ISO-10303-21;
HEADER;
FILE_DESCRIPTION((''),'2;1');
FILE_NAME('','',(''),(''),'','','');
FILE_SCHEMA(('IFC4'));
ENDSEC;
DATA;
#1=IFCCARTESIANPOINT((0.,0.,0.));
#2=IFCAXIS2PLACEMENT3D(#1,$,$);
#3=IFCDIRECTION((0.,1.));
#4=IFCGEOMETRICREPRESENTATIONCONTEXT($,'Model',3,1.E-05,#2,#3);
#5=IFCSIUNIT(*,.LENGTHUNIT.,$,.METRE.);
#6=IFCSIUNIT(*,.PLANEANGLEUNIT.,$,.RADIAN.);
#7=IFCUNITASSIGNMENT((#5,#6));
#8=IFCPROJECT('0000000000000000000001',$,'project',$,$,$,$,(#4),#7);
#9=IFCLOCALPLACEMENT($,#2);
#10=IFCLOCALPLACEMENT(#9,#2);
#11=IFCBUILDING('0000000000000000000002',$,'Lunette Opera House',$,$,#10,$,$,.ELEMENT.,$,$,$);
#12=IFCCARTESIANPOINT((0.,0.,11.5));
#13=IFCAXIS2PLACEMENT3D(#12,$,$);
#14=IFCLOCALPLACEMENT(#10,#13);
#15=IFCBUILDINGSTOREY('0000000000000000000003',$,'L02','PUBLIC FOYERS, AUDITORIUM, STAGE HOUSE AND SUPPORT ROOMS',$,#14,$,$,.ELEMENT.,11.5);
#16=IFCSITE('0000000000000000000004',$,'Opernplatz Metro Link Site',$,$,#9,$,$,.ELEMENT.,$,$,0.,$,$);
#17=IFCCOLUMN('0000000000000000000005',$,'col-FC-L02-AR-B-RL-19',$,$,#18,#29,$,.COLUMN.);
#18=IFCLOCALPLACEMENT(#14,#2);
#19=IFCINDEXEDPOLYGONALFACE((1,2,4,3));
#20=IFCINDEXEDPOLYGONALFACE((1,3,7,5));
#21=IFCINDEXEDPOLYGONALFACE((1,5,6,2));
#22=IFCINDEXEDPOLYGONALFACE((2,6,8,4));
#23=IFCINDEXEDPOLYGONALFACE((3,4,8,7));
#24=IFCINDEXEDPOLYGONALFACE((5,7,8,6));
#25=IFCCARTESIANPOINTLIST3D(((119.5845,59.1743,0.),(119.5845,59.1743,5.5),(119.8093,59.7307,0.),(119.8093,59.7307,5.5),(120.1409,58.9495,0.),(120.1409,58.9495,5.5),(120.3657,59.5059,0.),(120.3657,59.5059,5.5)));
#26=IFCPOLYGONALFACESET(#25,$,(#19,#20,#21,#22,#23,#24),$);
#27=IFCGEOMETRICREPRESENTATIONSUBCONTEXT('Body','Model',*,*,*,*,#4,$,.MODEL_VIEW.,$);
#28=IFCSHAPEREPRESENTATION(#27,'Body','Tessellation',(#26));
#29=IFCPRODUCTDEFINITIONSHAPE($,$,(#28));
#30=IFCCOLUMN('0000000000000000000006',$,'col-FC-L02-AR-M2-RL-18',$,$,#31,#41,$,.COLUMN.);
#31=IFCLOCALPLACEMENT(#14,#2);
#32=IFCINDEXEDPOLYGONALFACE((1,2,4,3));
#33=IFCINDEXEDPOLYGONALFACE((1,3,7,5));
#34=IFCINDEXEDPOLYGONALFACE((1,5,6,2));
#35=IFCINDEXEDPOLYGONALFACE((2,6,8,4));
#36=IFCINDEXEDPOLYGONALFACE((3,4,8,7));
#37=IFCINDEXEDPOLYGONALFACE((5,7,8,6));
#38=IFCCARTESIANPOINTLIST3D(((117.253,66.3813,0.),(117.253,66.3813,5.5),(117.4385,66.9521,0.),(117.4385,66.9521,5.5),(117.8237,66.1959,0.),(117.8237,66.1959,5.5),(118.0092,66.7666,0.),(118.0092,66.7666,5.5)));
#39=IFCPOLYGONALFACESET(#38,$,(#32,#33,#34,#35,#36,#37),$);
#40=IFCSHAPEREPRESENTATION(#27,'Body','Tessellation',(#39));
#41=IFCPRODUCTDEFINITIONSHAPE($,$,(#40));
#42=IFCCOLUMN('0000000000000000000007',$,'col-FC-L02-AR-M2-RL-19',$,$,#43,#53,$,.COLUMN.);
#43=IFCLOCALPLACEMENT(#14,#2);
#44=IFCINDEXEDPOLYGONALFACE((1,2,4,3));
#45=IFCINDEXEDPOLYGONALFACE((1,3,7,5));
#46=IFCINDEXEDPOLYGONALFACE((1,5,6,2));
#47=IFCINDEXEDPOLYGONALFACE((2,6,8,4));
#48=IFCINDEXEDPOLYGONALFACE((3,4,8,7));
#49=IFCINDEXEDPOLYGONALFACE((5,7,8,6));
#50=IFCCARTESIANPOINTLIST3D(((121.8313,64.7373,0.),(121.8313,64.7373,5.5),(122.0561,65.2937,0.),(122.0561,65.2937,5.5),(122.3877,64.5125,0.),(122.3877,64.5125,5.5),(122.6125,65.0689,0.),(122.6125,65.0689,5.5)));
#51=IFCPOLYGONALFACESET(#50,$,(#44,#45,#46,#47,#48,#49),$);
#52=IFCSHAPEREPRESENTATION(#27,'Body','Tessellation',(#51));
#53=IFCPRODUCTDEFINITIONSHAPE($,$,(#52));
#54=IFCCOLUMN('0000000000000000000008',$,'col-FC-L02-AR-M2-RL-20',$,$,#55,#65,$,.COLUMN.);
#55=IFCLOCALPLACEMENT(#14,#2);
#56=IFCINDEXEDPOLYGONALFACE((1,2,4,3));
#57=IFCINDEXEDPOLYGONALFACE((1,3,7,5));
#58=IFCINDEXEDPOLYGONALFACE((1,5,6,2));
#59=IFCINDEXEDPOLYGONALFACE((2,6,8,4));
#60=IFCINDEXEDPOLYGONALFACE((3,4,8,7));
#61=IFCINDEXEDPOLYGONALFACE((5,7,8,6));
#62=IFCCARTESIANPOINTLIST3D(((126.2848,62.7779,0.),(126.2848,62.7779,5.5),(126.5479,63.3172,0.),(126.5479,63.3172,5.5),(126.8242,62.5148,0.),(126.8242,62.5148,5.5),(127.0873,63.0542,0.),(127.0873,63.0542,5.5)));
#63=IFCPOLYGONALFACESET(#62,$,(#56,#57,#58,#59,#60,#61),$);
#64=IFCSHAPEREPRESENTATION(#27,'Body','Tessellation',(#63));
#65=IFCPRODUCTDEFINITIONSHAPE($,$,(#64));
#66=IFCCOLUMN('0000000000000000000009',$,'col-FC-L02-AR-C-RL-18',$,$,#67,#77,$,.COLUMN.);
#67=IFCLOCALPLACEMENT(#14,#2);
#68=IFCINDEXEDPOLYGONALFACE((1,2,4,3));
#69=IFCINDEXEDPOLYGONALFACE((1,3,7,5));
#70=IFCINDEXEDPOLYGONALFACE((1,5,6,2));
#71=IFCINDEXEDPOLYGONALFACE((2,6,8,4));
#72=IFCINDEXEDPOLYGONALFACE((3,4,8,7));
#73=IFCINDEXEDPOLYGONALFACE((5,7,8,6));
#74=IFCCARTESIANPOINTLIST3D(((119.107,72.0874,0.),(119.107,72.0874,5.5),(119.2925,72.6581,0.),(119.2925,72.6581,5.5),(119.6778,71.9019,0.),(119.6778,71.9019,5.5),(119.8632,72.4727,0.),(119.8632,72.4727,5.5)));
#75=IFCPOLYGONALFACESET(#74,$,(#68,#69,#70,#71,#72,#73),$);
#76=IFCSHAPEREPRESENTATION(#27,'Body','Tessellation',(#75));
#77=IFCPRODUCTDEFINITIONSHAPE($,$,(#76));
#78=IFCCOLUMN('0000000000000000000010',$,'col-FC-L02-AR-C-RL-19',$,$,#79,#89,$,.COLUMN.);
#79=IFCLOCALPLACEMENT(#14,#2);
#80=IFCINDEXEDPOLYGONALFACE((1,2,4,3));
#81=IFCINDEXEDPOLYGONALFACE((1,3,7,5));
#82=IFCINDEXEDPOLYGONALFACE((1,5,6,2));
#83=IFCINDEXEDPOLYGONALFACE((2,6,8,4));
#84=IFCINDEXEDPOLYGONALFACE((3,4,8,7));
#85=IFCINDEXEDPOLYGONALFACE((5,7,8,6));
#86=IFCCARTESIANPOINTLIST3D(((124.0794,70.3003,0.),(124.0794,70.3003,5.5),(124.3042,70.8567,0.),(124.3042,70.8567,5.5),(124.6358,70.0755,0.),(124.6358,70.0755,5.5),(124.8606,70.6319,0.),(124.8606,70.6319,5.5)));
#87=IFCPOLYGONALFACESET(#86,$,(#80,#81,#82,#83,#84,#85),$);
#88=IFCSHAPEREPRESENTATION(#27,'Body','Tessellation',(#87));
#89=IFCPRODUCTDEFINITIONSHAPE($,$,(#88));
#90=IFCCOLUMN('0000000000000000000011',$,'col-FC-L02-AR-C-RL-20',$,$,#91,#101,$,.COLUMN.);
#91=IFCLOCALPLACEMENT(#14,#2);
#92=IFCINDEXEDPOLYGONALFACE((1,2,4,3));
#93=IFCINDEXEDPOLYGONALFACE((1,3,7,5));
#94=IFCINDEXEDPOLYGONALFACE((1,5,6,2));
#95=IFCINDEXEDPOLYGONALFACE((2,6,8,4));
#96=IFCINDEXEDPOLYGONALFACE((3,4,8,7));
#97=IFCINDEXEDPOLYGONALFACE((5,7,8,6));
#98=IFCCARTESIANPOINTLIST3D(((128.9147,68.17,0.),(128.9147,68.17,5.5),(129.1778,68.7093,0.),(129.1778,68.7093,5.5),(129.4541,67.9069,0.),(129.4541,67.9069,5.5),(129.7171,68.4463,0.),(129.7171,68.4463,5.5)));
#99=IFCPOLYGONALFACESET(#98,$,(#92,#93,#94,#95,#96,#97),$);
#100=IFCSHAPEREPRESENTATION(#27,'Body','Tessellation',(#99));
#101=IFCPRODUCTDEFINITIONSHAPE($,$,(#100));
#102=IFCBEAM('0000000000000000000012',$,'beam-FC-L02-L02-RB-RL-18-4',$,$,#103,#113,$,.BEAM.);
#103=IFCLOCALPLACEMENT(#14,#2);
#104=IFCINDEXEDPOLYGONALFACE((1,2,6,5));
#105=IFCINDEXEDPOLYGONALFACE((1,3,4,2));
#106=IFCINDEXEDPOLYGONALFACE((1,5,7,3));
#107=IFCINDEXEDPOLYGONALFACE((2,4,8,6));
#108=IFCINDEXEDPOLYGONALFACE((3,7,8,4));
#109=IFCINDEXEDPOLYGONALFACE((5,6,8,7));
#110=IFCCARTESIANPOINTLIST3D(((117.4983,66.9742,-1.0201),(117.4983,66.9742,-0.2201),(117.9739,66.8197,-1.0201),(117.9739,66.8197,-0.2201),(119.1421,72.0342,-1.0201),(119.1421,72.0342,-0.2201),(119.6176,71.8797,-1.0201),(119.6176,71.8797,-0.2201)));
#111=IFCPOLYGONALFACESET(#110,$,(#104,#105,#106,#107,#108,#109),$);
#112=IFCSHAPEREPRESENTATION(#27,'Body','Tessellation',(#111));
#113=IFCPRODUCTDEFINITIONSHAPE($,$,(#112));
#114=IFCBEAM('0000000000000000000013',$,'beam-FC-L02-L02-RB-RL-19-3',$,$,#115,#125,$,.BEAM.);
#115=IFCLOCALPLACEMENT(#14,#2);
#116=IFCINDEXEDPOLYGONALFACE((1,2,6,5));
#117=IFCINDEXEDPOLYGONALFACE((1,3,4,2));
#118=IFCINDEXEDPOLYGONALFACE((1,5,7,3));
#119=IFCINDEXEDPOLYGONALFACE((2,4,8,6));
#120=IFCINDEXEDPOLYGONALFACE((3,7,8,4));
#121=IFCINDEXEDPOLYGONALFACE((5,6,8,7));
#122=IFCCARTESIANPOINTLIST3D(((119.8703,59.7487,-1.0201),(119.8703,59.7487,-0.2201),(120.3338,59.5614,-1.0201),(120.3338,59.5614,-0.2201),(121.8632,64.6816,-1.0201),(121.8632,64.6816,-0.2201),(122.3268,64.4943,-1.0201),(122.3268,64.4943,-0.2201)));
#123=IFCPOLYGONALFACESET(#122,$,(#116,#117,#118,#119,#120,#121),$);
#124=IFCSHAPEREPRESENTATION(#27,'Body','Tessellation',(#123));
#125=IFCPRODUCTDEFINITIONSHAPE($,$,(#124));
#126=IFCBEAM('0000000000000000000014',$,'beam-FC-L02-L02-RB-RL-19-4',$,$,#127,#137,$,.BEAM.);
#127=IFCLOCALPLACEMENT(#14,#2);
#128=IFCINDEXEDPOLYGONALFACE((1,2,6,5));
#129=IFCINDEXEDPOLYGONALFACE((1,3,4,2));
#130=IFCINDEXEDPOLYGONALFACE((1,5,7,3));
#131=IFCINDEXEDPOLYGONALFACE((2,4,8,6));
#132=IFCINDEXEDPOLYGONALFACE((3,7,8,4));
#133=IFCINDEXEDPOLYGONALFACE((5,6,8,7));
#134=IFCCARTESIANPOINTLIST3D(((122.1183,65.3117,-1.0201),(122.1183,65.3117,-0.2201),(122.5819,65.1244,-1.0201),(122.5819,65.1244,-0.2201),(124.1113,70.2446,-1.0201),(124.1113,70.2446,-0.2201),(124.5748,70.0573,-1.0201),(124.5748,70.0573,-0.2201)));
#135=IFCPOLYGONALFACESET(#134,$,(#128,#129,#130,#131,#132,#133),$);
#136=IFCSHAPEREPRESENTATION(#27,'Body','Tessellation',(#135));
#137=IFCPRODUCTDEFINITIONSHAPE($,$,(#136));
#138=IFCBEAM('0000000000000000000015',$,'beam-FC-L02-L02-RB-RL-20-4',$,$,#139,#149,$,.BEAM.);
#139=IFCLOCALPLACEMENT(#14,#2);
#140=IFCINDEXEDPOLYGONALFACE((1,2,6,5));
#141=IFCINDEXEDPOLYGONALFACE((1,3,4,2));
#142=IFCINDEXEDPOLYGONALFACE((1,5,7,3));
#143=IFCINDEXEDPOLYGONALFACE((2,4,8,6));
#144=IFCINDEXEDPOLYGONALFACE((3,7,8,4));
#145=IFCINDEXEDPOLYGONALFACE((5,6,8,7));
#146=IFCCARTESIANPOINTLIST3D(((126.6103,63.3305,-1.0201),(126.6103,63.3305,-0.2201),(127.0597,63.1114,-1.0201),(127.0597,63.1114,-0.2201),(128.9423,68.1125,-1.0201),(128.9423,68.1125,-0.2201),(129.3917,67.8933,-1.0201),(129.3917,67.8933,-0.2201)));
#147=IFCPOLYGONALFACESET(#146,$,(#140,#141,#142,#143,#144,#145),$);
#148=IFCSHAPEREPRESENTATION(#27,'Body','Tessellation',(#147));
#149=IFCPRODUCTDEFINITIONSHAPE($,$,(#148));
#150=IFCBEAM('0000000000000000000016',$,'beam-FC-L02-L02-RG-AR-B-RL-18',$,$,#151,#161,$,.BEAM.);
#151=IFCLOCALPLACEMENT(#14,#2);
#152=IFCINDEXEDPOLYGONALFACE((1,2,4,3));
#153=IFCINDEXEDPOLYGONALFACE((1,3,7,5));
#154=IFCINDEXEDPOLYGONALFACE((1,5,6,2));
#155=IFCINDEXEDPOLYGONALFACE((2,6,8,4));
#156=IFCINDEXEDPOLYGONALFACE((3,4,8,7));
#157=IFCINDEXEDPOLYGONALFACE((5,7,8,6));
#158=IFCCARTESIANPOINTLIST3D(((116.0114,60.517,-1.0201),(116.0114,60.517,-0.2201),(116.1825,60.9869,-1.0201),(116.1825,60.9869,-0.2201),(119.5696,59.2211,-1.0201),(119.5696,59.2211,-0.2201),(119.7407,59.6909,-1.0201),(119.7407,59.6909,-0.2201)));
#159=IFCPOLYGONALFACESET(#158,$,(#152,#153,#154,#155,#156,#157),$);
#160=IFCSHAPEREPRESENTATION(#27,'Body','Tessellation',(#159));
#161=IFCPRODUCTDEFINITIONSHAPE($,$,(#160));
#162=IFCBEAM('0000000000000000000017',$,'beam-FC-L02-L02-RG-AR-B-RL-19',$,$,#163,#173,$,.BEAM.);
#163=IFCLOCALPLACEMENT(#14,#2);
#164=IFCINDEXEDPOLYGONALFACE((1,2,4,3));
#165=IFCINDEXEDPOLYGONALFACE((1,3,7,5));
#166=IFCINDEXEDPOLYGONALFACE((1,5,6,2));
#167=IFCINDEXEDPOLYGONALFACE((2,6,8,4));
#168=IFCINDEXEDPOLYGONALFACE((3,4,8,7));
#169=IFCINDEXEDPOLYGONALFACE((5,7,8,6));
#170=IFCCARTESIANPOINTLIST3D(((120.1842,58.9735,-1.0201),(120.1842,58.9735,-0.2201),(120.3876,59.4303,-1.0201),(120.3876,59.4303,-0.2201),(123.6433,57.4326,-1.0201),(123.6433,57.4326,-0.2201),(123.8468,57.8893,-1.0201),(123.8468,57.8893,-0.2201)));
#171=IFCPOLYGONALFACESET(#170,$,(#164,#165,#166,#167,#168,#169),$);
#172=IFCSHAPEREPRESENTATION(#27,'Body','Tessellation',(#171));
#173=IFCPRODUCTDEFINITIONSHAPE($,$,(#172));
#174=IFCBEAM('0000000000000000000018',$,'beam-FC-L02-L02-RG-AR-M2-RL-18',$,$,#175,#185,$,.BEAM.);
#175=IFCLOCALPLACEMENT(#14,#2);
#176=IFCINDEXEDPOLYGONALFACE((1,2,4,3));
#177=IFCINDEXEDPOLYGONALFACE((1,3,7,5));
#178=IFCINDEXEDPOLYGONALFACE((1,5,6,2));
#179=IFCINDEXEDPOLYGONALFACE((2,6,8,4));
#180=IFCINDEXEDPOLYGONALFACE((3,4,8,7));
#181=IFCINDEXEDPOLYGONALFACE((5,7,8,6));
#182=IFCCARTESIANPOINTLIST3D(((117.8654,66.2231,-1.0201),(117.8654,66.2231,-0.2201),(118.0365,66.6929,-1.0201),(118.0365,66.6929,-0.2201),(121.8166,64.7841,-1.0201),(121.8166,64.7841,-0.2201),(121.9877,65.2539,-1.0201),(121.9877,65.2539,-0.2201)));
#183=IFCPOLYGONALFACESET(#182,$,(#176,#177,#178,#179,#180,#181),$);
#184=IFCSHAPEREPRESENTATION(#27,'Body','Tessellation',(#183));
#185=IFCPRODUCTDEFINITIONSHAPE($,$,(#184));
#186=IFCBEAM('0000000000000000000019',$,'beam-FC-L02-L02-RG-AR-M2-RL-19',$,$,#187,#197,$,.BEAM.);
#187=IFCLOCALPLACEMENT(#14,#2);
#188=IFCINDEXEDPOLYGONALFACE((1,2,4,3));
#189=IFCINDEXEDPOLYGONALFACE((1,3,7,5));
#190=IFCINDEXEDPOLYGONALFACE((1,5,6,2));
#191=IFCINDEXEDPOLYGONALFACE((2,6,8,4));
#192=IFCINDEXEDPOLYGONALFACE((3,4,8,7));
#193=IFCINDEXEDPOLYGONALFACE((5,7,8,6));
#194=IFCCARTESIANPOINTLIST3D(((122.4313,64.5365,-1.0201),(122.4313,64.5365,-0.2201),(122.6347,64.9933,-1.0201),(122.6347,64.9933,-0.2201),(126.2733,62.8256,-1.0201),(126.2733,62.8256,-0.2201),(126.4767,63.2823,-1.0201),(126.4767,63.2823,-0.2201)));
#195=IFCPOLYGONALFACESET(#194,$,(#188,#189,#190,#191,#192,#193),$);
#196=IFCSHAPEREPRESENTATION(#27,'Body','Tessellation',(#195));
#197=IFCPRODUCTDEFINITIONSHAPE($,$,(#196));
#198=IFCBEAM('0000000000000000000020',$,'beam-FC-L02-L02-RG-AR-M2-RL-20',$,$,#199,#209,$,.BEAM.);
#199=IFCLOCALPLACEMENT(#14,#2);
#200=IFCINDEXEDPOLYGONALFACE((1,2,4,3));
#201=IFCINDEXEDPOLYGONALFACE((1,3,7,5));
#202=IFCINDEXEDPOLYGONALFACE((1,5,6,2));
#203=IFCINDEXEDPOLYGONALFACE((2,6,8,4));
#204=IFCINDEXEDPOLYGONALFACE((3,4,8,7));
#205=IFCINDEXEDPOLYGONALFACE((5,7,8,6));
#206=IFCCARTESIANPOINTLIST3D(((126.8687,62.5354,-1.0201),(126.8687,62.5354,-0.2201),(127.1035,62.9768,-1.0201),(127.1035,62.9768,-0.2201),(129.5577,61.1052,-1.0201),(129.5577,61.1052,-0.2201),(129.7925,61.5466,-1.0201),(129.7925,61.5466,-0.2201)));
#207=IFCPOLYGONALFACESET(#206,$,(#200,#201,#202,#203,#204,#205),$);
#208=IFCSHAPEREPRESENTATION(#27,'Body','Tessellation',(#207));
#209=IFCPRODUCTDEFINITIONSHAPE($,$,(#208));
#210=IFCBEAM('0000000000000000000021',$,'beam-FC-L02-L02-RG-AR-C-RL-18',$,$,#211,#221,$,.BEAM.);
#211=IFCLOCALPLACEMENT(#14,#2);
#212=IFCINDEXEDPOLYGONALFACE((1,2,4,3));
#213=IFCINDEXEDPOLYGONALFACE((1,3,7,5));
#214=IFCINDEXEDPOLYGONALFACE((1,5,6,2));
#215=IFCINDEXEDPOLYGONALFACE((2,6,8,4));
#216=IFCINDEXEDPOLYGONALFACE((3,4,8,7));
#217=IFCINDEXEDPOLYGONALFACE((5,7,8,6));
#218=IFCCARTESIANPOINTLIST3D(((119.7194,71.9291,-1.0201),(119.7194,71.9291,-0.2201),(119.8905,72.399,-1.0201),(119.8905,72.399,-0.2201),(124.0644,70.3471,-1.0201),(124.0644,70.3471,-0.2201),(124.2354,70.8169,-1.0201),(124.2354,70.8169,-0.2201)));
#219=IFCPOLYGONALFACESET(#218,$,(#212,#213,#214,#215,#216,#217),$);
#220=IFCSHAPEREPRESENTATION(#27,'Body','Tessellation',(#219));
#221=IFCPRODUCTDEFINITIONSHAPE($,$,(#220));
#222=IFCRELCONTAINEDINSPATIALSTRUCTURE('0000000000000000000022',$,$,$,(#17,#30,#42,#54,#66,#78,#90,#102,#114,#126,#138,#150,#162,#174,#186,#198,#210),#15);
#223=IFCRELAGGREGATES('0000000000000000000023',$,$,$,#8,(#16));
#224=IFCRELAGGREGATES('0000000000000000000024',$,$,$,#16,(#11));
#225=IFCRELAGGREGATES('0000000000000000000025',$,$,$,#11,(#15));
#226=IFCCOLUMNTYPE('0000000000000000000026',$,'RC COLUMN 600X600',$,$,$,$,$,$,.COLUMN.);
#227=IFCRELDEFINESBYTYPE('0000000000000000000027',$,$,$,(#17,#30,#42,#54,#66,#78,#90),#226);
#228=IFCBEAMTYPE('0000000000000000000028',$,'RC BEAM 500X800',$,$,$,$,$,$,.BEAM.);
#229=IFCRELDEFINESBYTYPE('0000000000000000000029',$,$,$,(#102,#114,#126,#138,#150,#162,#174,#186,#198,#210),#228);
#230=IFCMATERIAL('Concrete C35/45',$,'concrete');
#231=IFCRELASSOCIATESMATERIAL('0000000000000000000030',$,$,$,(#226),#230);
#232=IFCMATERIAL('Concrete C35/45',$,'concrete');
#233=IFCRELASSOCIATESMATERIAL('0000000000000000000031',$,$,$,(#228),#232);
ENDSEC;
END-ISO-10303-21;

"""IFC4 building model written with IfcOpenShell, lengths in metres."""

from ifc_helpers import new_model, si_unit, direction, frame, origin, origin_2d, place, context, subcontext, project, spatial, rectangle, extrude, material, material_profile, profile_set, type_object, element, save


model = new_model("IFC4")

# Units and contexts
model_context = context("Model", 3, precision=1e-05, world=origin(), true_north=direction((0.0, 1.0)))
body_context = subcontext(model_context, "Body", "Model", "MODEL_VIEW")
ifc_project = project(units=[si_unit("LENGTHUNIT", "METRE"), si_unit("PLANEANGLEUNIT", "RADIAN")], contexts=[model_context])

# Site, building, storey
site_placement = place(None, origin())
site = spatial("IfcSite", under=ifc_project, at=site_placement, Name="Opernplatz Metro Link Site", CompositionType="ELEMENT", RefElevation=0.0)
building_placement = place(site_placement, origin())
building = spatial("IfcBuilding", under=site, at=building_placement, Name="Lunette Opera House", CompositionType="ELEMENT")
storey_placement = place(building_placement, frame((0.0, 0.0, 11.5)))
storey = spatial("IfcBuildingStorey", under=building, at=storey_placement, Name="L02", Description="PUBLIC FOYERS, AUDITORIUM, STAGE HOUSE AND SUPPORT ROOMS", CompositionType="ELEMENT", Elevation=11.5)

# Columns
ifc_material_1 = material(Name="Concrete C35/45", Category="concrete")
ifc_material_profile_1 = material_profile(ifc_material_1, rectangle(XDim=0.6001, YDim=0.6001, at=origin_2d()), Name="RC COLUMN 600X600")
ifc_profile_set_1 = profile_set([ifc_material_profile_1], Name="Concrete C35/45")
column_type = type_object("IfcColumnType", Name="RC COLUMN 600X600", PredefinedType="COLUMN", material=ifc_profile_set_1)
for number, where, z_axis, x_axis, name in (
    (1, (119.9751, 59.3401, 0.0), (0.0, 0.0, 1.0), (0.927184, -0.374607, 0.0), "col-FC-L02-AR-B-RL-19"),
    (2, (117.6311, 66.574, 0.0), (0.0, 0.0, 1.0), (0.951057, -0.309017, 0.0), "col-FC-L02-AR-M2-RL-18"),
    (3, (122.2219, 64.9031, 0.0), (0.0, 0.0, 1.0), (0.927184, -0.374607, 0.0), "col-FC-L02-AR-M2-RL-19"),
    (4, (126.686, 62.916, 0.0), (0.0, 0.0, 1.0), (0.898794, -0.438371, 0.0), "col-FC-L02-AR-M2-RL-20"),
    (5, (119.4851, 72.28, 0.0), (0.0, 0.0, 1.0), (0.951057, -0.309017, 0.0), "col-FC-L02-AR-C-RL-18"),
    (6, (124.47, 70.4661, 0.0), (0.0, 0.0, 1.0), (0.927184, -0.374607, 0.0), "col-FC-L02-AR-C-RL-19"),
    (7, (129.3159, 68.3081, 0.0), (0.0, 0.0, 1.0), (0.898794, -0.438371, 0.0), "col-FC-L02-AR-C-RL-20"),
):
    element("IfcColumn", number, at=place(storey_placement, frame(where, z_axis=z_axis, x_axis=x_axis)), inside=storey, type_object=column_type, Name=name, PredefinedType="COLUMN", context=body_context, shape_type="SweptSolid", body=[
        extrude(rectangle(XDim=0.6001, YDim=0.6001, at=origin_2d()), origin(), (0.0, 0.0, 1.0), 5.5),
    ])

# Beams
ifc_material_2 = material(Name="Concrete C35/45", Category="concrete")
ifc_material_profile_2 = material_profile(ifc_material_2, rectangle(XDim=0.5, YDim=0.8, at=origin_2d()), Name="RC BEAM 500X800")
ifc_profile_set_2 = profile_set([ifc_material_profile_2], Name="Concrete C35/45")
beam_type = type_object("IfcBeamType", Name="RC BEAM 500X800", PredefinedType="BEAM", material=ifc_profile_set_2)
for number, where, z_axis, x_axis, name in (
    (8, (117.7361, 66.897, -0.6201), (0.308964, 0.951074, 0.0), (-0.951074, 0.308964, 0.0), "beam-FC-L02-L02-RB-RL-18-4"),
    (9, (120.1021, 59.655, -0.6201), (0.374593, 0.927189, 0.0), (-0.927189, 0.374593, 0.0), "beam-FC-L02-L02-RB-RL-19-3"),
    (10, (122.3501, 65.218, -0.6201), (0.374593, 0.927189, 0.0), (-0.927189, 0.374593, 0.0), "beam-FC-L02-L02-RB-RL-19-4"),
    (11, (126.835, 63.2209, -0.6201), (0.438326, 0.898816, 0.0), (-0.898816, 0.438326, 0.0), "beam-FC-L02-L02-RB-RL-20-4"),
):
    element("IfcBeam", number, at=place(storey_placement, frame(where, z_axis=z_axis, x_axis=x_axis)), inside=storey, type_object=beam_type, Name=name, PredefinedType="BEAM", context=body_context, shape_type="SweptSolid", body=[
        extrude(rectangle(XDim=0.5, YDim=0.8, at=origin_2d()), origin(), (0.0, 0.0, 1.0), 5.3203),
    ])
for number, where, z_axis, x_axis, name in (
    (12, (116.0969, 60.752, -0.6201), (0.93962, -0.342219, 0.0), (0.342219, 0.93962, 0.0), "beam-FC-L02-L02-RG-AR-B-RL-18"),
    (13, (120.2859, 59.2019, -0.6201), (0.91346, -0.406928, 0.0), (0.406928, 0.91346, 0.0), "beam-FC-L02-L02-RG-AR-B-RL-19"),
):
    element("IfcBeam", number, at=place(storey_placement, frame(where, z_axis=z_axis, x_axis=x_axis)), inside=storey, type_object=beam_type, Name=name, PredefinedType="BEAM", context=body_context, shape_type="SweptSolid", body=[
        extrude(rectangle(XDim=0.5, YDim=0.8, at=origin_2d()), origin(), (0.0, 0.0, 1.0), 3.7869),
    ])
beam_1_placement = place(storey_placement, frame((117.9509, 66.458, -0.6201), z_axis=(0.939627, -0.3422, 0.0), x_axis=(0.3422, 0.939627, 0.0)))
element("IfcBeam", 14, at=beam_1_placement, inside=storey, type_object=beam_type, Name="beam-FC-L02-L02-RG-AR-M2-RL-18", PredefinedType="BEAM", context=body_context, shape_type="SweptSolid", body=[
    extrude(rectangle(XDim=0.5, YDim=0.8, at=origin_2d()), origin(), (0.0, 0.0, 1.0), 4.2051),
])
beam_2_placement = place(storey_placement, frame((122.533, 64.7649, -0.6201), z_axis=(0.913514, -0.406806, 0.0), x_axis=(0.406806, 0.913514, 0.0)))
element("IfcBeam", 15, at=beam_2_placement, inside=storey, type_object=beam_type, Name="beam-FC-L02-L02-RG-AR-M2-RL-19", PredefinedType="BEAM", context=body_context, shape_type="SweptSolid", body=[
    extrude(rectangle(XDim=0.5, YDim=0.8, at=origin_2d()), origin(), (0.0, 0.0, 1.0), 4.2058),
])
beam_3_placement = place(storey_placement, frame((126.9861, 62.7561, -0.6201), z_axis=(0.882889, -0.469581, 0.0), x_axis=(0.469581, 0.882889, 0.0)))
element("IfcBeam", 16, at=beam_3_placement, inside=storey, type_object=beam_type, Name="beam-FC-L02-L02-RG-AR-M2-RL-20", PredefinedType="BEAM", context=body_context, shape_type="SweptSolid", body=[
    extrude(rectangle(XDim=0.5, YDim=0.8, at=origin_2d()), origin(), (0.0, 0.0, 1.0), 3.0457),
])
for number, where, z_axis, x_axis, name in (
    (17, (119.8049, 72.1641, -0.6201), (0.939652, -0.342133, 0.0), (0.342133, 0.939652, 0.0), "beam-FC-L02-L02-RG-AR-C-RL-18"),
):
    element("IfcBeam", number, at=place(storey_placement, frame(where, z_axis=z_axis, x_axis=x_axis)), inside=storey, type_object=beam_type, Name=name, PredefinedType="BEAM", context=body_context, shape_type="SweptSolid", body=[
        extrude(rectangle(XDim=0.5, YDim=0.8, at=origin_2d()), origin(), (0.0, 0.0, 1.0), 4.624),
    ])

save(model, "model.ifc")
